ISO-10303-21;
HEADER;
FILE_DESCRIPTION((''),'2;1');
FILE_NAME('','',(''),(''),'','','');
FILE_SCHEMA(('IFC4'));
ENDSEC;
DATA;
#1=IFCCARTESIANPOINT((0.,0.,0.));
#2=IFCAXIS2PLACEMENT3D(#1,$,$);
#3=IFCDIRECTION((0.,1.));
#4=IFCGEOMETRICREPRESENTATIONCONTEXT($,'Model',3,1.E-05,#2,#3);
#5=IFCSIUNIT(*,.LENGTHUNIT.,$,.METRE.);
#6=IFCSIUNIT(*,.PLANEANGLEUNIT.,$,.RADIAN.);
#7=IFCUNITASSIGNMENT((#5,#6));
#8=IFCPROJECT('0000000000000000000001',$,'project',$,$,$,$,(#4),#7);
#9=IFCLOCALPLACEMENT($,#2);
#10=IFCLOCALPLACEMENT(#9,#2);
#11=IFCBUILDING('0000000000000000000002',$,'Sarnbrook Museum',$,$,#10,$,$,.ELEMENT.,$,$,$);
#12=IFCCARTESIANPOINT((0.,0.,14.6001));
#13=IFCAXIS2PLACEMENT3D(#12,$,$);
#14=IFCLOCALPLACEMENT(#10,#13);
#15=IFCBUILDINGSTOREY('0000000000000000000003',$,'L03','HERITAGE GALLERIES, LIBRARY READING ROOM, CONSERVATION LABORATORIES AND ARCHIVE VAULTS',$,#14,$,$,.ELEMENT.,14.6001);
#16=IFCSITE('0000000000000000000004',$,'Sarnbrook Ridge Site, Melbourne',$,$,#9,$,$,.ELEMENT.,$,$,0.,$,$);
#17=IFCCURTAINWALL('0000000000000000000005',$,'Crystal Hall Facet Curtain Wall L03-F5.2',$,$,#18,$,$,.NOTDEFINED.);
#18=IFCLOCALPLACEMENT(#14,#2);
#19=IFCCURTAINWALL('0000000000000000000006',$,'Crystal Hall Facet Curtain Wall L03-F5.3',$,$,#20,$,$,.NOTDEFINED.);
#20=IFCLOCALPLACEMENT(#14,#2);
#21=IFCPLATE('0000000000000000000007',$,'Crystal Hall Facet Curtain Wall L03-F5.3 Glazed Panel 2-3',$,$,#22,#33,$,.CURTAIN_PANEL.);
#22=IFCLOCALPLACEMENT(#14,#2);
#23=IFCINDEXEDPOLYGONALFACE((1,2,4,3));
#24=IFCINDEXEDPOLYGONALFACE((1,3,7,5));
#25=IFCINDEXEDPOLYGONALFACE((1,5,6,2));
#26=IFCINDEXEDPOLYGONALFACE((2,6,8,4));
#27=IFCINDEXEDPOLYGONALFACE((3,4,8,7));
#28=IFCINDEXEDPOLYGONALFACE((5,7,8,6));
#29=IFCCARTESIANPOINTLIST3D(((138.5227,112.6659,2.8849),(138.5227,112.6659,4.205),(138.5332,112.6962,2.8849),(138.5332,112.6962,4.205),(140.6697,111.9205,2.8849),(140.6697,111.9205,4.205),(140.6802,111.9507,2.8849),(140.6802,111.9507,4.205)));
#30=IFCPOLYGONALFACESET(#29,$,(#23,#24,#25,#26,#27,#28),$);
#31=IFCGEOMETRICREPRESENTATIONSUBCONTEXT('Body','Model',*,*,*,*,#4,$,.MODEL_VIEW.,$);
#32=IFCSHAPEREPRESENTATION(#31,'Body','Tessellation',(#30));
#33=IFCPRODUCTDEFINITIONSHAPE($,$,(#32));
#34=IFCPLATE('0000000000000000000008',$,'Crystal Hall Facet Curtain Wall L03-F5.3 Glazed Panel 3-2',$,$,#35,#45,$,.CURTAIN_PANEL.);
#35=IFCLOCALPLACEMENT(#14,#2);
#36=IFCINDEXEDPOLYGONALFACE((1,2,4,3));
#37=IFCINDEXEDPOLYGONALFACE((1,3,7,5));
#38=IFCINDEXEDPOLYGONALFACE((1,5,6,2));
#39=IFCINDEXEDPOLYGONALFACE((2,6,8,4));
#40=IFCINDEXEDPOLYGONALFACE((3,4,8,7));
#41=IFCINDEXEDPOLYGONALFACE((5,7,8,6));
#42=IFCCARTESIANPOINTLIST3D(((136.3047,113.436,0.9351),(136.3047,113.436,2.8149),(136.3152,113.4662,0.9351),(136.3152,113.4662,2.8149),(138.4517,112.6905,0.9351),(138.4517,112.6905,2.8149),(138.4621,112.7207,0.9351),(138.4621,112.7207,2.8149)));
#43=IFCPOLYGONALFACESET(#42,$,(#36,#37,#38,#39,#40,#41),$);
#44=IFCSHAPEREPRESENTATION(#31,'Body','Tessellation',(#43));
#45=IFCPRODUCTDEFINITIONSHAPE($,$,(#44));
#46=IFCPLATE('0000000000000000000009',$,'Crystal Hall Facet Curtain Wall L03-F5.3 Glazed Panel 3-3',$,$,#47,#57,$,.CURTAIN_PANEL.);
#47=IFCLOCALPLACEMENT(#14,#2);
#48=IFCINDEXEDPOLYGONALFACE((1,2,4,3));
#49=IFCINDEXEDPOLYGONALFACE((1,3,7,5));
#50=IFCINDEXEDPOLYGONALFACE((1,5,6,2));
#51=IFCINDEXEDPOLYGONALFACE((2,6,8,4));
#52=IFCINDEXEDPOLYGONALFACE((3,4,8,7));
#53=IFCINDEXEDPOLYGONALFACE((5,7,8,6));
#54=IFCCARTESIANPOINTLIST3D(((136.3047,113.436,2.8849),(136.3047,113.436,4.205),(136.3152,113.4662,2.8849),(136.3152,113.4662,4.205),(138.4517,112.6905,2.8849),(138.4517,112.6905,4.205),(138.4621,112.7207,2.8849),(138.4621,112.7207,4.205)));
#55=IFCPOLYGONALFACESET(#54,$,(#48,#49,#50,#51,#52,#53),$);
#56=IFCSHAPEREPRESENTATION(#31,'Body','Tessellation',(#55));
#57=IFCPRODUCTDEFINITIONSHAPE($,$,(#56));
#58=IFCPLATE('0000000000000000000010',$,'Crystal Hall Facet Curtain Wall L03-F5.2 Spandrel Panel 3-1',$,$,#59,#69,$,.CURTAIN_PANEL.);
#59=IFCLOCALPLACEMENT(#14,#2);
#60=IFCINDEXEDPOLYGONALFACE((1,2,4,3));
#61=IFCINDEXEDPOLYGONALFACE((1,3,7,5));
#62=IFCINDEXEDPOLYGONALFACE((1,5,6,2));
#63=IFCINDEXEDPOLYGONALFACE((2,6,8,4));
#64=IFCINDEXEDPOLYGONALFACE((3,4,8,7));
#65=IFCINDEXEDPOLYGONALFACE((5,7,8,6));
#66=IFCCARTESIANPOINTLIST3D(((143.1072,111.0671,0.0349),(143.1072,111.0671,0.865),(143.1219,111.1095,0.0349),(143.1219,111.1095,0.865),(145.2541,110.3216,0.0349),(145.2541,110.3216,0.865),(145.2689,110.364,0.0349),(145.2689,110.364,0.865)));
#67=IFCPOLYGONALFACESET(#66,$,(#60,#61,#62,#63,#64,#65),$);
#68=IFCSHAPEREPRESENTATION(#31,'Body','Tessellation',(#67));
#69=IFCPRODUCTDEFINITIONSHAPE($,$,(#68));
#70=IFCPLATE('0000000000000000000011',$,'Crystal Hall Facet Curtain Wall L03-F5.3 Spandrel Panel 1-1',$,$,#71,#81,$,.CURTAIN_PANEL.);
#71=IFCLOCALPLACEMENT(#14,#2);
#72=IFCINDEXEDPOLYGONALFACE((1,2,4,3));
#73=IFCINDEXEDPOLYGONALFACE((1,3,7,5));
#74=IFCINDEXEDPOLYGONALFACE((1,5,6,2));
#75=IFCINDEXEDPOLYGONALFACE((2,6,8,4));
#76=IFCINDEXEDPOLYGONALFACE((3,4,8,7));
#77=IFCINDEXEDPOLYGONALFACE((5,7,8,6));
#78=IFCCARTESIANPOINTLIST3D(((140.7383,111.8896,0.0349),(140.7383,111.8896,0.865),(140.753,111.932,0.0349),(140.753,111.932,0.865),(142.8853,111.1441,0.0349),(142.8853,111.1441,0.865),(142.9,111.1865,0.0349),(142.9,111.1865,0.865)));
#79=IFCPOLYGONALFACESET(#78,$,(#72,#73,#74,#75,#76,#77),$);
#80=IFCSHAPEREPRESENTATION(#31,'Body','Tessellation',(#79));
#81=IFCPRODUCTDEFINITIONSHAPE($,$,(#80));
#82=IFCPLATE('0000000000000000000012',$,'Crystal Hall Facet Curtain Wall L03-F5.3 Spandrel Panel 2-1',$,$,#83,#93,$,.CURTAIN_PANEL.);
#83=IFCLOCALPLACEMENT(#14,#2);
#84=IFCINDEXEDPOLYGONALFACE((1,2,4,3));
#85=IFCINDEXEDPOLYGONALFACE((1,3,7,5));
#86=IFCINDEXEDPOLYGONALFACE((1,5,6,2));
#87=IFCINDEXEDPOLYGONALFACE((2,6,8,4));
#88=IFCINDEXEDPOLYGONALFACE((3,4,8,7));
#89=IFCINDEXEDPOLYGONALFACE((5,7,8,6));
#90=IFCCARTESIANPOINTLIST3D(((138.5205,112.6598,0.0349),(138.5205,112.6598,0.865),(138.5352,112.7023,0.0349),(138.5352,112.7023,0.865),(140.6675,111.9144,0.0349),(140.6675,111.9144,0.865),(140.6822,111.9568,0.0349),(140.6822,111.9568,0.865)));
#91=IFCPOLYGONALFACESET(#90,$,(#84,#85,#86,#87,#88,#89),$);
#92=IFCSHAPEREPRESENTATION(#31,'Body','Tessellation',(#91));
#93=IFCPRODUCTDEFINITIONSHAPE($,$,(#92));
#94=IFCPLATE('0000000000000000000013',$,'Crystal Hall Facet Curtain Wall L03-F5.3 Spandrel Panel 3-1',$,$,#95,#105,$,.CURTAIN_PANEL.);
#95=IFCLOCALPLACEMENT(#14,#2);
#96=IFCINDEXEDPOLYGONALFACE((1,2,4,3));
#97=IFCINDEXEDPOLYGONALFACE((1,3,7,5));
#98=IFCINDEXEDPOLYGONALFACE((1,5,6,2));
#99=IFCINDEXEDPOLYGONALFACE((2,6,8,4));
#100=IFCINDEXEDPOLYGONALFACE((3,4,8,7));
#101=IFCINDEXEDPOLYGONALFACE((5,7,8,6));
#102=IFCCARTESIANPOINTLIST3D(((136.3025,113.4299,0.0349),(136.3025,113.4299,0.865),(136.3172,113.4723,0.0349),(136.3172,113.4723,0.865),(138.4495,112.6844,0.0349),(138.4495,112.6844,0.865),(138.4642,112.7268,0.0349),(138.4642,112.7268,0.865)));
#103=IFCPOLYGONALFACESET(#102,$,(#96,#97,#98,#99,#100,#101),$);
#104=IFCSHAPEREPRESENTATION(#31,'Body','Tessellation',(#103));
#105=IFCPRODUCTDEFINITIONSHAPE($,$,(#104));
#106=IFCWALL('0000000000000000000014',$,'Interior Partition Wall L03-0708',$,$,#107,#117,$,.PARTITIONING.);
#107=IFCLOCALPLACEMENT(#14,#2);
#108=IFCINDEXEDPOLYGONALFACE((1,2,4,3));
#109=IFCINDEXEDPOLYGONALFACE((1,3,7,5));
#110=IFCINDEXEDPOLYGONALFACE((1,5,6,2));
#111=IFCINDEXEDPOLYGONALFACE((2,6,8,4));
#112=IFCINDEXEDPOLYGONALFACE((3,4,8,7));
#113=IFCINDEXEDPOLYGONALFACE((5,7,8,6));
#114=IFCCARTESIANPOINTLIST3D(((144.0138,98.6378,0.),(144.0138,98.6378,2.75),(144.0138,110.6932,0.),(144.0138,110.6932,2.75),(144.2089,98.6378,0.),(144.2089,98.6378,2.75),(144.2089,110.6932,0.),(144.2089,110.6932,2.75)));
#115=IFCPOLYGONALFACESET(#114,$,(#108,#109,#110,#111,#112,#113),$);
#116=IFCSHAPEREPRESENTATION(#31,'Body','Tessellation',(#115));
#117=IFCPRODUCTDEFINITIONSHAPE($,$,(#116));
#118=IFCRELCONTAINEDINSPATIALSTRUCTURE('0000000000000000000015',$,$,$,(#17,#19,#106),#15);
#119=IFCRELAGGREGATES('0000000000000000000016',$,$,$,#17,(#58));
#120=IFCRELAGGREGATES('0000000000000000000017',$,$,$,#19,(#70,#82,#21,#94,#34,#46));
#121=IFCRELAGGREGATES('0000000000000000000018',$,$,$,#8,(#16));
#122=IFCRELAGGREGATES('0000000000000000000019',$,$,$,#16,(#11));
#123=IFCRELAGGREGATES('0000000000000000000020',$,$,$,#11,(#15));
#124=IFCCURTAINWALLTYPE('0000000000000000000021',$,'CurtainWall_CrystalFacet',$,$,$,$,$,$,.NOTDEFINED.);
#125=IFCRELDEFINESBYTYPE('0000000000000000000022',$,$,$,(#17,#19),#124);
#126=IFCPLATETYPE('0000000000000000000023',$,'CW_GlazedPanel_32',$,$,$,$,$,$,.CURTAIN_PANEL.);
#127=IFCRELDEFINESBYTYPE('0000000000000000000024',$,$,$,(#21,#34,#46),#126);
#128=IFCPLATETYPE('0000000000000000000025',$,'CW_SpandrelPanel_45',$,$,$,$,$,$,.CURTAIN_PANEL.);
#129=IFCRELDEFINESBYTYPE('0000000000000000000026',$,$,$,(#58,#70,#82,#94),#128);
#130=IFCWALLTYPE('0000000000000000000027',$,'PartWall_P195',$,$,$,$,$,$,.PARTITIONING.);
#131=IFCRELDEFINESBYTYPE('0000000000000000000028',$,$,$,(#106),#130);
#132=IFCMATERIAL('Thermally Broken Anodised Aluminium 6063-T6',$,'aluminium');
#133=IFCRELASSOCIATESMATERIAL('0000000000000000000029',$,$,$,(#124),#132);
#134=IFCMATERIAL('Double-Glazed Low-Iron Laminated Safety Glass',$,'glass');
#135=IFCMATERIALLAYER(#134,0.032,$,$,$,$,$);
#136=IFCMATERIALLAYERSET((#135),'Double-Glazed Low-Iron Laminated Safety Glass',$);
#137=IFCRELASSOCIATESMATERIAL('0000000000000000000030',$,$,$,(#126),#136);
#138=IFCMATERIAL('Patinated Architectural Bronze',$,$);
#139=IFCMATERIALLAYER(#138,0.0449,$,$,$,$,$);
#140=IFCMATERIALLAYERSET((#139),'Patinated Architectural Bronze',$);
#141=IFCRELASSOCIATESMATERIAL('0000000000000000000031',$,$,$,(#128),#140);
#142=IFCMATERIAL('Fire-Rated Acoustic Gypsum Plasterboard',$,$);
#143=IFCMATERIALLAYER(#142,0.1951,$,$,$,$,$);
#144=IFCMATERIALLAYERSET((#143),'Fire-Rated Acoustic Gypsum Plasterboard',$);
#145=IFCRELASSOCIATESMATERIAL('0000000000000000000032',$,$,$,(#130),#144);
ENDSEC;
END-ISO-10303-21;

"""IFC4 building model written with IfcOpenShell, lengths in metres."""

from ifc_helpers import new_model, si_unit, direction, frame, frame_2d, origin, origin_2d, place, context, subcontext, project, spatial, rectangle, extrude, material, layer, layer_set, type_object, element, aggregate, save


model = new_model("IFC4")

# Units and contexts
model_context = context("Model", 3, precision=1e-05, world=origin(), true_north=direction((0.0, 1.0)))
body_context = subcontext(model_context, "Body", "Model", "MODEL_VIEW")
ifc_project = project(units=[si_unit("LENGTHUNIT", "METRE"), si_unit("PLANEANGLEUNIT", "RADIAN")], contexts=[model_context])

# Site, building, storey
site_placement = place(None, origin())
site = spatial("IfcSite", under=ifc_project, at=site_placement, Name="Sarnbrook Ridge Site, Melbourne", CompositionType="ELEMENT", RefElevation=0.0)
building_placement = place(site_placement, origin())
building = spatial("IfcBuilding", under=site, at=building_placement, Name="Sarnbrook Museum", CompositionType="ELEMENT")
storey_placement = place(building_placement, frame((0.0, 0.0, 14.6001)))
storey = spatial("IfcBuildingStorey", under=building, at=storey_placement, Name="L03", Description="HERITAGE GALLERIES, LIBRARY READING ROOM, CONSERVATION LABORATORIES AND ARCHIVE VAULTS", CompositionType="ELEMENT", Elevation=14.6001)

# Curtain walls
ifc_material_1 = material(Name="Thermally Broken Anodised Aluminium 6063-T6", Category="aluminium")
curtain_wall_type = type_object("IfcCurtainWallType", Name="CurtainWall_CrystalFacet", PredefinedType="NOTDEFINED", material=ifc_material_1)
curtain_wall_1_placement = place(storey_placement, origin())
curtain_wall_1 = element("IfcCurtainWall", 1, at=curtain_wall_1_placement, inside=storey, type_object=curtain_wall_type, Name="Crystal Hall Facet Curtain Wall L03-F5.2", PredefinedType="NOTDEFINED")
curtain_wall_2_placement = place(storey_placement, origin())
curtain_wall_2 = element("IfcCurtainWall", 2, at=curtain_wall_2_placement, inside=storey, type_object=curtain_wall_type, Name="Crystal Hall Facet Curtain Wall L03-F5.3", PredefinedType="NOTDEFINED")

# Plates
ifc_material_2 = material(Name="Double-Glazed Low-Iron Laminated Safety Glass", Category="glass")
ifc_layer_1 = layer(ifc_material_2, 0.032)
ifc_layer_set_1 = layer_set([ifc_layer_1], Name="Double-Glazed Low-Iron Laminated Safety Glass")
plate_type_1 = type_object("IfcPlateType", Name="CW_GlazedPanel_32", PredefinedType="CURTAIN_PANEL", material=ifc_layer_set_1)
plate_1_placement = place(storey_placement, frame((139.5962, 112.2932, 3.5449), z_axis=(0.32801, 0.944674, 0.0), x_axis=(-0.944674, 0.32801, 0.0)))
plate_1 = element("IfcPlate", 3, at=plate_1_placement, type_object=plate_type_1, Name="Crystal Hall Facet Curtain Wall L03-F5.3 Glazed Panel 2-3", PredefinedType="CURTAIN_PANEL", context=body_context, shape_type="SweptSolid", body=[
    extrude(rectangle(XDim=2.2727, YDim=1.3201, at=origin_2d()), origin(), (0.0, 0.0, 1.0), 0.032),
])
plate_2_placement = place(storey_placement, frame((137.3782, 113.0632, 1.875), z_axis=(0.32801, 0.944674, 0.0), x_axis=(-0.944674, 0.32801, 0.0)))
plate_2 = element("IfcPlate", 4, at=plate_2_placement, type_object=plate_type_1, Name="Crystal Hall Facet Curtain Wall L03-F5.3 Glazed Panel 3-2", PredefinedType="CURTAIN_PANEL", context=body_context, shape_type="SweptSolid", body=[
    extrude(rectangle(XDim=2.2727, YDim=1.8799, at=origin_2d()), origin(), (0.0, 0.0, 1.0), 0.032),
])
plate_3_placement = place(storey_placement, frame((137.3782, 113.0632, 3.5449), z_axis=(0.32801, 0.944674, 0.0), x_axis=(-0.944674, 0.32801, 0.0)))
plate_3 = element("IfcPlate", 5, at=plate_3_placement, type_object=plate_type_1, Name="Crystal Hall Facet Curtain Wall L03-F5.3 Glazed Panel 3-3", PredefinedType="CURTAIN_PANEL", context=body_context, shape_type="SweptSolid", body=[
    extrude(rectangle(XDim=2.2727, YDim=1.3201, at=origin_2d()), origin(), (0.0, 0.0, 1.0), 0.032),
])
ifc_material_3 = material(Name="Patinated Architectural Bronze")
ifc_layer_2 = layer(ifc_material_3, 0.0449)
ifc_layer_set_2 = layer_set([ifc_layer_2], Name="Patinated Architectural Bronze")
plate_type_2 = type_object("IfcPlateType", Name="CW_SpandrelPanel_45", PredefinedType="CURTAIN_PANEL", material=ifc_layer_set_2)
plate_4_placement = place(storey_placement, frame((144.1807, 110.6943, 0.45), z_axis=(0.32801, 0.944674, 0.0), x_axis=(-0.944674, 0.32801, 0.0)))
plate_4 = element("IfcPlate", 6, at=plate_4_placement, type_object=plate_type_2, Name="Crystal Hall Facet Curtain Wall L03-F5.2 Spandrel Panel 3-1", PredefinedType="CURTAIN_PANEL", context=body_context, shape_type="SweptSolid", body=[
    extrude(rectangle(XDim=2.2727, YDim=0.8301, at=origin_2d()), origin(), (0.0, 0.0, 1.0), 0.0449),
])
aggregate(curtain_wall_1, [plate_4])
plate_5_placement = place(storey_placement, frame((141.8118, 111.5168, 0.45), z_axis=(0.32801, 0.944674, 0.0), x_axis=(-0.944674, 0.32801, 0.0)))
plate_5 = element("IfcPlate", 7, at=plate_5_placement, type_object=plate_type_2, Name="Crystal Hall Facet Curtain Wall L03-F5.3 Spandrel Panel 1-1", PredefinedType="CURTAIN_PANEL", context=body_context, shape_type="SweptSolid", body=[
    extrude(rectangle(XDim=2.2727, YDim=0.8301, at=origin_2d()), origin(), (0.0, 0.0, 1.0), 0.0449),
])
plate_6_placement = place(storey_placement, frame((139.594, 112.2871, 0.45), z_axis=(0.32801, 0.944674, 0.0), x_axis=(-0.944674, 0.32801, 0.0)))
plate_6 = element("IfcPlate", 8, at=plate_6_placement, type_object=plate_type_2, Name="Crystal Hall Facet Curtain Wall L03-F5.3 Spandrel Panel 2-1", PredefinedType="CURTAIN_PANEL", context=body_context, shape_type="SweptSolid", body=[
    extrude(rectangle(XDim=2.2727, YDim=0.8301, at=origin_2d()), origin(), (0.0, 0.0, 1.0), 0.0449),
])
plate_7_placement = place(storey_placement, frame((137.376, 113.0571, 0.45), z_axis=(0.32801, 0.944674, 0.0), x_axis=(-0.944674, 0.32801, 0.0)))
plate_7 = element("IfcPlate", 9, at=plate_7_placement, type_object=plate_type_2, Name="Crystal Hall Facet Curtain Wall L03-F5.3 Spandrel Panel 3-1", PredefinedType="CURTAIN_PANEL", context=body_context, shape_type="SweptSolid", body=[
    extrude(rectangle(XDim=2.2727, YDim=0.8301, at=origin_2d()), origin(), (0.0, 0.0, 1.0), 0.0449),
])
aggregate(curtain_wall_2, [plate_5, plate_6, plate_1, plate_7, plate_2, plate_3])

# Wall
ifc_material_4 = material(Name="Fire-Rated Acoustic Gypsum Plasterboard")
ifc_layer_3 = layer(ifc_material_4, 0.1951)
ifc_layer_set_3 = layer_set([ifc_layer_3], Name="Fire-Rated Acoustic Gypsum Plasterboard")
wall_type = type_object("IfcWallType", Name="PartWall_P195", PredefinedType="PARTITIONING", material=ifc_layer_set_3)
wall_placement = place(storey_placement, frame((144.1113, 110.6934, 0.0), z_axis=(0.0, 0.0, 1.0), x_axis=(0.0, -1.0, 0.0)))
element("IfcWall", 10, at=wall_placement, inside=storey, type_object=wall_type, Name="Interior Partition Wall L03-0708", PredefinedType="PARTITIONING", context=body_context, shape_type="SweptSolid", body=[
    extrude(rectangle(XDim=12.0554, YDim=0.1951, at=frame_2d((6.0278, 0.0))), origin(), (0.0, 0.0, 1.0), 2.75),
])

save(model, "model.ifc")
